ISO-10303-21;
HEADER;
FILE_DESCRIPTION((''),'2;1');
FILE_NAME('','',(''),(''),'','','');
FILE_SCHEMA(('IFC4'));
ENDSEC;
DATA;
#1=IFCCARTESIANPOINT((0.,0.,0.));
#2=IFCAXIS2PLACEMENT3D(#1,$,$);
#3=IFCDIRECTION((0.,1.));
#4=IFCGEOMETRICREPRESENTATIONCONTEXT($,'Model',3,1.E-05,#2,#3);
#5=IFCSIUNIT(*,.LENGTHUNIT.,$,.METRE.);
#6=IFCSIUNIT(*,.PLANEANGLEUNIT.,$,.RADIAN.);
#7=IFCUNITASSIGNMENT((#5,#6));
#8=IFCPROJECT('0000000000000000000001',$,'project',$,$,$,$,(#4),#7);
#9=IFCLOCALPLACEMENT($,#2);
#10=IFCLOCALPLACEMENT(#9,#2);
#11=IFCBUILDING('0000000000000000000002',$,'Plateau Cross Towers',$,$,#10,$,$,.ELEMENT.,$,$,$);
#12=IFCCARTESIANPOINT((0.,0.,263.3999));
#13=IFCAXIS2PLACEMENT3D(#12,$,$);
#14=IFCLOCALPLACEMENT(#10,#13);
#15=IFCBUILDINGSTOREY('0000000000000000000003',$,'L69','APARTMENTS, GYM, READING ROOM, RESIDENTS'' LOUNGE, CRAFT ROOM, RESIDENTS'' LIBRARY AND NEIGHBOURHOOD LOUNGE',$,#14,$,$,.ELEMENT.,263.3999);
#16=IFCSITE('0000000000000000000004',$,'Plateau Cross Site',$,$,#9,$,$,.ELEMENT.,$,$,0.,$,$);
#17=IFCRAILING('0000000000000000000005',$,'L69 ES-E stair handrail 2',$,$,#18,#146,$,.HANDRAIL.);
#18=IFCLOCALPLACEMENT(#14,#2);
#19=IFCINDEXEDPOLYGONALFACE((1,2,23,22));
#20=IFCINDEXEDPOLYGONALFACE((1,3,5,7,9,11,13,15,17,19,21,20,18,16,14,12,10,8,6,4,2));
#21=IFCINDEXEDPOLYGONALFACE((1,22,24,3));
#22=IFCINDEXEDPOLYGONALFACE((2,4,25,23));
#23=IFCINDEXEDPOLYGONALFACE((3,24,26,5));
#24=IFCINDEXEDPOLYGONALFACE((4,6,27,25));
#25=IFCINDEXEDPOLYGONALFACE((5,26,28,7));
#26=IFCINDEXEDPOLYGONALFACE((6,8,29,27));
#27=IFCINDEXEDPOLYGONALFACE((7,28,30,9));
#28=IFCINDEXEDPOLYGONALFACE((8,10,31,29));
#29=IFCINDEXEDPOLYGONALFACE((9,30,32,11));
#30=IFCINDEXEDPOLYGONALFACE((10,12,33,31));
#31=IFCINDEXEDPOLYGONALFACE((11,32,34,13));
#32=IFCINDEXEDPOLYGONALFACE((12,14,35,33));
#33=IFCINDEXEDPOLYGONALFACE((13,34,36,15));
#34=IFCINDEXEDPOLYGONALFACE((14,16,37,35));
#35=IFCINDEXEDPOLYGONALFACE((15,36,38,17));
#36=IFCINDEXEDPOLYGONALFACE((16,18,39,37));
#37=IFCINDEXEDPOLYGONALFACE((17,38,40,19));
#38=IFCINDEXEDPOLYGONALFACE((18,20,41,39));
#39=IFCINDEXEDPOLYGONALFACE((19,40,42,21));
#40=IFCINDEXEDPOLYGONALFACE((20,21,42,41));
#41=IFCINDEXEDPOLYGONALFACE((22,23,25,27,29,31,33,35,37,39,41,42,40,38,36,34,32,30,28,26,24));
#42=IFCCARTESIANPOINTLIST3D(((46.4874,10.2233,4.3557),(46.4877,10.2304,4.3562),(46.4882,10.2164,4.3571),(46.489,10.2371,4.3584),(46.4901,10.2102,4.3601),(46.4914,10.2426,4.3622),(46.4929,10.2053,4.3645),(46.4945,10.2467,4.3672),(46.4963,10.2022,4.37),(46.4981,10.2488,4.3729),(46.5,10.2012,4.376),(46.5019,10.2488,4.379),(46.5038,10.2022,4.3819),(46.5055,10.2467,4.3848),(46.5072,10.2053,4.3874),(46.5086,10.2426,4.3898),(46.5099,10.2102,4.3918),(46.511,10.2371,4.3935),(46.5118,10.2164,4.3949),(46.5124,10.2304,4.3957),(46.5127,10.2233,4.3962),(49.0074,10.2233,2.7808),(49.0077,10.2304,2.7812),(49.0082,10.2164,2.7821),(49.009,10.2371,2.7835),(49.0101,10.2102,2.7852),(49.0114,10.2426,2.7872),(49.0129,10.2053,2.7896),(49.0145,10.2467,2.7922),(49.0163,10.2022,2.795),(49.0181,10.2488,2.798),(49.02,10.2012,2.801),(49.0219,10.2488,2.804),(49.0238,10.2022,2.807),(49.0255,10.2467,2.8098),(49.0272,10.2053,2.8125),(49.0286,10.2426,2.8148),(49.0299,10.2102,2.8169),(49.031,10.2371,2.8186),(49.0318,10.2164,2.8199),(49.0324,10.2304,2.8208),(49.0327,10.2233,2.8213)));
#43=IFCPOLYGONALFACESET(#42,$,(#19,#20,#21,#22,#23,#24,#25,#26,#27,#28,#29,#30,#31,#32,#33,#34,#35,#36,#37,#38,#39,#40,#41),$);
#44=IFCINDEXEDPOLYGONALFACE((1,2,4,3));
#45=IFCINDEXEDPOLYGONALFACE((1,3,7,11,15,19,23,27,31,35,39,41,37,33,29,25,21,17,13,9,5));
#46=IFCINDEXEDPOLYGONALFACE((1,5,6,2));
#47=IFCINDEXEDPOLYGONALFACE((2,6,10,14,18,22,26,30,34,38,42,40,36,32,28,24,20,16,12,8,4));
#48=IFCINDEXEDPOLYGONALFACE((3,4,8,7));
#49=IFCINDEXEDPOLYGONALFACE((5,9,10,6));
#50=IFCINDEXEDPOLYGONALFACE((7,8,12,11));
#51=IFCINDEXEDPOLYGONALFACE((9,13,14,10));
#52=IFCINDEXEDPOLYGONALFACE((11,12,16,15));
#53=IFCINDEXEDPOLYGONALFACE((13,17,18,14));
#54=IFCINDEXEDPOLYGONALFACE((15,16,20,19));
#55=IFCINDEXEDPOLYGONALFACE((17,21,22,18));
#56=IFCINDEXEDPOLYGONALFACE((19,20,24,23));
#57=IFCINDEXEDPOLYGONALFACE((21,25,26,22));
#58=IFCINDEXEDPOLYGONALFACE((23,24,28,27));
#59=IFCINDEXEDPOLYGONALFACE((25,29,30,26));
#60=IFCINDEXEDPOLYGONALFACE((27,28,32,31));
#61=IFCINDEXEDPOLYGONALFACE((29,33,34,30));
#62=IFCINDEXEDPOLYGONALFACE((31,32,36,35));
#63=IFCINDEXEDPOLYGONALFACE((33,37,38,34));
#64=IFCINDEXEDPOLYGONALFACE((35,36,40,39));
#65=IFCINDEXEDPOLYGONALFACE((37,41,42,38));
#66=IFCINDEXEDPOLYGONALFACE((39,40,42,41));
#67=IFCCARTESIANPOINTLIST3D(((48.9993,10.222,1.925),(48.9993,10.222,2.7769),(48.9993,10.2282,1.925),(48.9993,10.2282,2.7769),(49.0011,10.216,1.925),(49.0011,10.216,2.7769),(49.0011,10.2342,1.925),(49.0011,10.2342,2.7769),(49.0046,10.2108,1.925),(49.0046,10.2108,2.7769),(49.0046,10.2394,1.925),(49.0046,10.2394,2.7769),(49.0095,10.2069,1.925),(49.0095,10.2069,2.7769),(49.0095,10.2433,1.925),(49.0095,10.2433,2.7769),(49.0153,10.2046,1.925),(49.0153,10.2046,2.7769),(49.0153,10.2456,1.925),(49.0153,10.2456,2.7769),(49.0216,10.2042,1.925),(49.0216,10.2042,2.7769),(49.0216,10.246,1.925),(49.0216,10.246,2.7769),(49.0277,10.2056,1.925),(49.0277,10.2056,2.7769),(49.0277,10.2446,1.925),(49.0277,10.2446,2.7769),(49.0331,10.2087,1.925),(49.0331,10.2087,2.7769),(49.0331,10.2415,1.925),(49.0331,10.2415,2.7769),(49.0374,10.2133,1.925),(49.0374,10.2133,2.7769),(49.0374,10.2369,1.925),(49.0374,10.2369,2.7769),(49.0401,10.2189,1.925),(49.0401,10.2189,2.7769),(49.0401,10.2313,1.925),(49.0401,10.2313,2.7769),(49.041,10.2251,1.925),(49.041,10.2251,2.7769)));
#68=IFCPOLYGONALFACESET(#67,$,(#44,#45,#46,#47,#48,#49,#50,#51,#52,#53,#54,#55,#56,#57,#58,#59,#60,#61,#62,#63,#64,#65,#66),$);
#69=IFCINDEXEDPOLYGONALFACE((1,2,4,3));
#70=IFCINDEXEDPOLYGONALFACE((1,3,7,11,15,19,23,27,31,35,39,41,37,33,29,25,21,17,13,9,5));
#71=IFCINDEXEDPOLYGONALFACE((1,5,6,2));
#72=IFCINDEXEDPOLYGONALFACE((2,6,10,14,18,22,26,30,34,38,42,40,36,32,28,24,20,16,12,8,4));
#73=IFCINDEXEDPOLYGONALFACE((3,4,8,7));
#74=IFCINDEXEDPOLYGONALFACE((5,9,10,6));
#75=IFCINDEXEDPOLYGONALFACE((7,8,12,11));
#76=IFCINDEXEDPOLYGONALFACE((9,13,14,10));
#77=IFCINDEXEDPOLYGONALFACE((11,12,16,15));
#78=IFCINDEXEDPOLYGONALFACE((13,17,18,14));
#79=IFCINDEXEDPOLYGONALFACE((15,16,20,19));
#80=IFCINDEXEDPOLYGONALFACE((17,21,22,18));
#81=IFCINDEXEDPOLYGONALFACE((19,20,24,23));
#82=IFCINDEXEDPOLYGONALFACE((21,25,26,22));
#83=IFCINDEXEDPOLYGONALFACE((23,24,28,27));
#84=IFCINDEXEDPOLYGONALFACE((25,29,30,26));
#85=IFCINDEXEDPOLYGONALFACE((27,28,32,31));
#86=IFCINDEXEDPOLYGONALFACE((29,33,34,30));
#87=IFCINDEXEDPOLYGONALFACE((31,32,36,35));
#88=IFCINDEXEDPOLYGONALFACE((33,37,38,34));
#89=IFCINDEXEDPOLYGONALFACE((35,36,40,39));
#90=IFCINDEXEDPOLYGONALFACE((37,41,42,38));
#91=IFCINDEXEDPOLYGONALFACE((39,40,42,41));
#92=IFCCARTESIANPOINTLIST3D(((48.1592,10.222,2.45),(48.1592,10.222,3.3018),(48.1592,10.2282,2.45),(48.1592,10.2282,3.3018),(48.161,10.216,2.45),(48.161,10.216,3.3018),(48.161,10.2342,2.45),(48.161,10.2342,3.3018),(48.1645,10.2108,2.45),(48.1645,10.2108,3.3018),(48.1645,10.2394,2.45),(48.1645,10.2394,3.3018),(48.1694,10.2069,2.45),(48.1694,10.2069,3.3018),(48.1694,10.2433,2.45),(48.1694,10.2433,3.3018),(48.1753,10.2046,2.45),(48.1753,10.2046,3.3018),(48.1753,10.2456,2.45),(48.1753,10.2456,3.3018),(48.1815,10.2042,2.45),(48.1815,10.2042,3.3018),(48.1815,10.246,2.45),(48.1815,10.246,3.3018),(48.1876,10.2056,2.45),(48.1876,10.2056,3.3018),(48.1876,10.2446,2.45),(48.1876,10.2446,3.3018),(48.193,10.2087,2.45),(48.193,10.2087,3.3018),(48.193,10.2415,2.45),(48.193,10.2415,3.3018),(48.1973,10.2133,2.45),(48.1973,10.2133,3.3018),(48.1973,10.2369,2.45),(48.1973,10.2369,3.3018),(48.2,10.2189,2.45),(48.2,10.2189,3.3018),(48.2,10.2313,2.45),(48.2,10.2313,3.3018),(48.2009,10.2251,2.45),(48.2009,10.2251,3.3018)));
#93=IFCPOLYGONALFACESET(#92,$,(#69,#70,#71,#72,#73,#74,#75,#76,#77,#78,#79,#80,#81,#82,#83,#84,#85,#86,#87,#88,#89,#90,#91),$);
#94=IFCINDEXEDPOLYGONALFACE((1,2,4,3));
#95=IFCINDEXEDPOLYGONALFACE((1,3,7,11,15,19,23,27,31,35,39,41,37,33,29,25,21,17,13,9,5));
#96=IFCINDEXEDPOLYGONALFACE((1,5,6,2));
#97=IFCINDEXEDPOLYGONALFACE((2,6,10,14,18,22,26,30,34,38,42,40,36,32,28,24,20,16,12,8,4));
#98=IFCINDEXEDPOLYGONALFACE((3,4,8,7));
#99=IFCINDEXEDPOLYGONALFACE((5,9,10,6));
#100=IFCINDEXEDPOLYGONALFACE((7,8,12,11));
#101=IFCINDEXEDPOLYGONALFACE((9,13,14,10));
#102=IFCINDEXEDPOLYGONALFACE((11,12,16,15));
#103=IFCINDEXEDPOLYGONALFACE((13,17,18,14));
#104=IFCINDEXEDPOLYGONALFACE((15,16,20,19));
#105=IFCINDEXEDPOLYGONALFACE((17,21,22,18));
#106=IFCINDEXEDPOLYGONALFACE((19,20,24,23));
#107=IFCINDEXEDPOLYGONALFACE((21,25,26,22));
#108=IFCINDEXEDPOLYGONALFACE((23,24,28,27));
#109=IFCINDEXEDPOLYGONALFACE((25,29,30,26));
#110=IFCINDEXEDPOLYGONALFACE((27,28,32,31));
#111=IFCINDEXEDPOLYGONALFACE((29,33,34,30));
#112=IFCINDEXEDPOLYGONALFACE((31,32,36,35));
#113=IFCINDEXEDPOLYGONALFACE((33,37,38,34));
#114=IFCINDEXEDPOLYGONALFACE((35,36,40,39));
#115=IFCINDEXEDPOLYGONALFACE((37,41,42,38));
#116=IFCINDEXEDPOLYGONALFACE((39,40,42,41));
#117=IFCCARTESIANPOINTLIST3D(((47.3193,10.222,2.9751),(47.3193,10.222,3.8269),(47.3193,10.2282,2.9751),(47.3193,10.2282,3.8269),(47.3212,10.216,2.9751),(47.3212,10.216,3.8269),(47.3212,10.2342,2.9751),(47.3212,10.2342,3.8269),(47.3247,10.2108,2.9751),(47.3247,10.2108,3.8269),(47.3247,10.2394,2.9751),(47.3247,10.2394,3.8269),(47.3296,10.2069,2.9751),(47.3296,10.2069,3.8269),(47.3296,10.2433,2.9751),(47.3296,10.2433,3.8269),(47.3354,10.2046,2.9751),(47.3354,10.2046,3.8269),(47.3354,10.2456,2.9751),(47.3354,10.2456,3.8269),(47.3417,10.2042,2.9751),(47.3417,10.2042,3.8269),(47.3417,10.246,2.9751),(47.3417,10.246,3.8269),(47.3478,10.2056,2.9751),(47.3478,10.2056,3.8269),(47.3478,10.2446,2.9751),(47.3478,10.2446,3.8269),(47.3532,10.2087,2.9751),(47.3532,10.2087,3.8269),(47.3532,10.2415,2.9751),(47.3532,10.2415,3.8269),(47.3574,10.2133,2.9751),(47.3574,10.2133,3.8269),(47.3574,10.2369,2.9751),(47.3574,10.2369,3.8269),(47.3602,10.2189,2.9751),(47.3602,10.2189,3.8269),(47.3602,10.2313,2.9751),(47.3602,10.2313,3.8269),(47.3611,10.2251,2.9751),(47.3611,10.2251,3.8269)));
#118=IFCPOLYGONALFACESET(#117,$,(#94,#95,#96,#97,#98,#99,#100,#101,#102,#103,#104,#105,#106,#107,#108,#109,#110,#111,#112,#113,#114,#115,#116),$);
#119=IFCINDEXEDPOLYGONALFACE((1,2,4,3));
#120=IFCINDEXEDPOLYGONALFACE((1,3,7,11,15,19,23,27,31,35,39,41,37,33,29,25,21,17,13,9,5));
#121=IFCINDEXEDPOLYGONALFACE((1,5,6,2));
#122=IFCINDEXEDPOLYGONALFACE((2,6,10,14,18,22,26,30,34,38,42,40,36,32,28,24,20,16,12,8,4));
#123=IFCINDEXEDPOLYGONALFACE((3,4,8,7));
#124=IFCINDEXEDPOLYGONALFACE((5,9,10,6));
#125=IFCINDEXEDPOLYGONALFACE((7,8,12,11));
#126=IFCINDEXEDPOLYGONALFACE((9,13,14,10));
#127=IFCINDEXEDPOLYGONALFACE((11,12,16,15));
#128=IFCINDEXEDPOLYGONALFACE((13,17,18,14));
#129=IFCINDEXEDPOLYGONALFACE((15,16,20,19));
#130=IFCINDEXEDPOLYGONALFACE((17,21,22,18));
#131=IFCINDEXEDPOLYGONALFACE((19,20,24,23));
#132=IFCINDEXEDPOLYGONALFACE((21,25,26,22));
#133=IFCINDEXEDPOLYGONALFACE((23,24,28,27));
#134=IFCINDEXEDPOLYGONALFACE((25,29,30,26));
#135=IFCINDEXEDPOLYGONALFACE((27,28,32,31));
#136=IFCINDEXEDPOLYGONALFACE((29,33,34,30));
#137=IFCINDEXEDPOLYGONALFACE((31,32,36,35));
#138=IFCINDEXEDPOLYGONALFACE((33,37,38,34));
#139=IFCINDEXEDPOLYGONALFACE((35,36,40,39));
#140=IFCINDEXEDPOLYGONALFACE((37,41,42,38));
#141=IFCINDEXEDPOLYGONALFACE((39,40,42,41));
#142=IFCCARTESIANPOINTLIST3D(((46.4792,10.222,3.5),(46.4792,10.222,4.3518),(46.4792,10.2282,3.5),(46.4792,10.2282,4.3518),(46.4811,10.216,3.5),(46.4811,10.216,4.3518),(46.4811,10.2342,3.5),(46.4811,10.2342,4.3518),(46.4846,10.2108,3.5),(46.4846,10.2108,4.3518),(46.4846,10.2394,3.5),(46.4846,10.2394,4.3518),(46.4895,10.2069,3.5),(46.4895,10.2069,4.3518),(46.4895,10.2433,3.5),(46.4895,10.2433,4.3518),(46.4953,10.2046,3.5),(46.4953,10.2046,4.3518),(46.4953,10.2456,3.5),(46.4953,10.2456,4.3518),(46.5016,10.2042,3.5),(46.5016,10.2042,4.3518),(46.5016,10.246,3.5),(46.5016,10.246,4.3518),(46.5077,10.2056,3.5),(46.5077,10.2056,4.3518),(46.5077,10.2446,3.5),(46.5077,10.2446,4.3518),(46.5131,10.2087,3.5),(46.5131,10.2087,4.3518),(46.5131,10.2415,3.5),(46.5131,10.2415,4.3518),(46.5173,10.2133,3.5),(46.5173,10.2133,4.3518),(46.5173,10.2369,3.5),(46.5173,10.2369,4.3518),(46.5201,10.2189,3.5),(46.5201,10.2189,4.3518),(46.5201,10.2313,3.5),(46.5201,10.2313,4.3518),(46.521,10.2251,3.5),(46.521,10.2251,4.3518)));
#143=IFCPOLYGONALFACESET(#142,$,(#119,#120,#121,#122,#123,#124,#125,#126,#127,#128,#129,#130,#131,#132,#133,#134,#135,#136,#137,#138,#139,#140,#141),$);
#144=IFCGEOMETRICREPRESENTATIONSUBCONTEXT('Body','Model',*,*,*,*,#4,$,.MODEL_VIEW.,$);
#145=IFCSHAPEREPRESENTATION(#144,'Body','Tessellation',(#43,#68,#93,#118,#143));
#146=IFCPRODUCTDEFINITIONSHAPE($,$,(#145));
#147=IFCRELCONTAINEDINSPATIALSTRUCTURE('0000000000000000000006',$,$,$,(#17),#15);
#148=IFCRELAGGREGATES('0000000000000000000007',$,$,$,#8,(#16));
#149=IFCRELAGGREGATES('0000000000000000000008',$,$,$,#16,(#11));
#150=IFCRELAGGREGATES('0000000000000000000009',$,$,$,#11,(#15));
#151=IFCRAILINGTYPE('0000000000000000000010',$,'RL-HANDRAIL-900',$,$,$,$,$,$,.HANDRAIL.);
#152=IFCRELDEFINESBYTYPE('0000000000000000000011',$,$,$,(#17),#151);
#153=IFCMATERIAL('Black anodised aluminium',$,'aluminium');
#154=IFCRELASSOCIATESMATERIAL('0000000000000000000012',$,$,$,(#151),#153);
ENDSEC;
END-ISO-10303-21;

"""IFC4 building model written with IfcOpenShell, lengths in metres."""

from ifc_helpers import new_model, si_unit, direction, frame, origin, origin_2d, place, context, subcontext, project, spatial, circle, extrude, material, type_object, element, save


model = new_model("IFC4")

# Units and contexts
model_context = context("Model", 3, precision=1e-05, world=origin(), true_north=direction((0.0, 1.0)))
body_context = subcontext(model_context, "Body", "Model", "MODEL_VIEW")
ifc_project = project(units=[si_unit("LENGTHUNIT", "METRE"), si_unit("PLANEANGLEUNIT", "RADIAN")], contexts=[model_context])

# Site, building, storey
site_placement = place(None, origin())
site = spatial("IfcSite", under=ifc_project, at=site_placement, Name="Plateau Cross Site", CompositionType="ELEMENT", RefElevation=0.0)
building_placement = place(site_placement, origin())
building = spatial("IfcBuilding", under=site, at=building_placement, Name="Plateau Cross Towers", CompositionType="ELEMENT")
storey_placement = place(building_placement, frame((0.0, 0.0, 263.3999)))
storey = spatial("IfcBuildingStorey", under=building, at=storey_placement, Name="L69", Description="APARTMENTS, GYM, READING ROOM, RESIDENTS' LOUNGE, CRAFT ROOM, RESIDENTS' LIBRARY AND NEIGHBOURHOOD LOUNGE", CompositionType="ELEMENT", Elevation=263.3999)

# Shared definitions
ifc_material_1 = material(Name="Black anodised aluminium", Category="aluminium")

# Railing
railing_type_1 = type_object("IfcRailingType", Name="RL-HANDRAIL-900", PredefinedType="HANDRAIL", material=ifc_material_1)
railing_1_placement = place(storey_placement, frame((49.02, 10.2251, 1.925)))
element("IfcRailing", 1, at=railing_1_placement, inside=storey, type_object=railing_type_1, Name="L69 ES-E stair handrail 2", PredefinedType="HANDRAIL", context=body_context, shape_type="SweptSolid", body=[
    extrude(circle(Radius=0.0239, at=origin_2d()), frame((0.0, 0.0, 0.876), z_axis=(-0.848008, 0.0, 0.529984), x_axis=(0.0, -1.0, 0.0)), (0.0, 0.0, 1.0), 2.9717),
    extrude(circle(Radius=0.021, at=origin_2d()), origin(), (0.0, 0.0, 1.0), 0.8518),
    extrude(circle(Radius=0.021, at=origin_2d()), frame((-0.8401, 0.0, 0.5249)), (0.0, 0.0, 1.0), 0.8518),
    extrude(circle(Radius=0.021, at=origin_2d()), frame((-1.6799, 0.0, 1.05)), (0.0, 0.0, 1.0), 0.8518),
    extrude(circle(Radius=0.021, at=origin_2d()), frame((-2.52, 0.0, 1.575)), (0.0, 0.0, 1.0), 0.8518),
])

save(model, "model.ifc")
